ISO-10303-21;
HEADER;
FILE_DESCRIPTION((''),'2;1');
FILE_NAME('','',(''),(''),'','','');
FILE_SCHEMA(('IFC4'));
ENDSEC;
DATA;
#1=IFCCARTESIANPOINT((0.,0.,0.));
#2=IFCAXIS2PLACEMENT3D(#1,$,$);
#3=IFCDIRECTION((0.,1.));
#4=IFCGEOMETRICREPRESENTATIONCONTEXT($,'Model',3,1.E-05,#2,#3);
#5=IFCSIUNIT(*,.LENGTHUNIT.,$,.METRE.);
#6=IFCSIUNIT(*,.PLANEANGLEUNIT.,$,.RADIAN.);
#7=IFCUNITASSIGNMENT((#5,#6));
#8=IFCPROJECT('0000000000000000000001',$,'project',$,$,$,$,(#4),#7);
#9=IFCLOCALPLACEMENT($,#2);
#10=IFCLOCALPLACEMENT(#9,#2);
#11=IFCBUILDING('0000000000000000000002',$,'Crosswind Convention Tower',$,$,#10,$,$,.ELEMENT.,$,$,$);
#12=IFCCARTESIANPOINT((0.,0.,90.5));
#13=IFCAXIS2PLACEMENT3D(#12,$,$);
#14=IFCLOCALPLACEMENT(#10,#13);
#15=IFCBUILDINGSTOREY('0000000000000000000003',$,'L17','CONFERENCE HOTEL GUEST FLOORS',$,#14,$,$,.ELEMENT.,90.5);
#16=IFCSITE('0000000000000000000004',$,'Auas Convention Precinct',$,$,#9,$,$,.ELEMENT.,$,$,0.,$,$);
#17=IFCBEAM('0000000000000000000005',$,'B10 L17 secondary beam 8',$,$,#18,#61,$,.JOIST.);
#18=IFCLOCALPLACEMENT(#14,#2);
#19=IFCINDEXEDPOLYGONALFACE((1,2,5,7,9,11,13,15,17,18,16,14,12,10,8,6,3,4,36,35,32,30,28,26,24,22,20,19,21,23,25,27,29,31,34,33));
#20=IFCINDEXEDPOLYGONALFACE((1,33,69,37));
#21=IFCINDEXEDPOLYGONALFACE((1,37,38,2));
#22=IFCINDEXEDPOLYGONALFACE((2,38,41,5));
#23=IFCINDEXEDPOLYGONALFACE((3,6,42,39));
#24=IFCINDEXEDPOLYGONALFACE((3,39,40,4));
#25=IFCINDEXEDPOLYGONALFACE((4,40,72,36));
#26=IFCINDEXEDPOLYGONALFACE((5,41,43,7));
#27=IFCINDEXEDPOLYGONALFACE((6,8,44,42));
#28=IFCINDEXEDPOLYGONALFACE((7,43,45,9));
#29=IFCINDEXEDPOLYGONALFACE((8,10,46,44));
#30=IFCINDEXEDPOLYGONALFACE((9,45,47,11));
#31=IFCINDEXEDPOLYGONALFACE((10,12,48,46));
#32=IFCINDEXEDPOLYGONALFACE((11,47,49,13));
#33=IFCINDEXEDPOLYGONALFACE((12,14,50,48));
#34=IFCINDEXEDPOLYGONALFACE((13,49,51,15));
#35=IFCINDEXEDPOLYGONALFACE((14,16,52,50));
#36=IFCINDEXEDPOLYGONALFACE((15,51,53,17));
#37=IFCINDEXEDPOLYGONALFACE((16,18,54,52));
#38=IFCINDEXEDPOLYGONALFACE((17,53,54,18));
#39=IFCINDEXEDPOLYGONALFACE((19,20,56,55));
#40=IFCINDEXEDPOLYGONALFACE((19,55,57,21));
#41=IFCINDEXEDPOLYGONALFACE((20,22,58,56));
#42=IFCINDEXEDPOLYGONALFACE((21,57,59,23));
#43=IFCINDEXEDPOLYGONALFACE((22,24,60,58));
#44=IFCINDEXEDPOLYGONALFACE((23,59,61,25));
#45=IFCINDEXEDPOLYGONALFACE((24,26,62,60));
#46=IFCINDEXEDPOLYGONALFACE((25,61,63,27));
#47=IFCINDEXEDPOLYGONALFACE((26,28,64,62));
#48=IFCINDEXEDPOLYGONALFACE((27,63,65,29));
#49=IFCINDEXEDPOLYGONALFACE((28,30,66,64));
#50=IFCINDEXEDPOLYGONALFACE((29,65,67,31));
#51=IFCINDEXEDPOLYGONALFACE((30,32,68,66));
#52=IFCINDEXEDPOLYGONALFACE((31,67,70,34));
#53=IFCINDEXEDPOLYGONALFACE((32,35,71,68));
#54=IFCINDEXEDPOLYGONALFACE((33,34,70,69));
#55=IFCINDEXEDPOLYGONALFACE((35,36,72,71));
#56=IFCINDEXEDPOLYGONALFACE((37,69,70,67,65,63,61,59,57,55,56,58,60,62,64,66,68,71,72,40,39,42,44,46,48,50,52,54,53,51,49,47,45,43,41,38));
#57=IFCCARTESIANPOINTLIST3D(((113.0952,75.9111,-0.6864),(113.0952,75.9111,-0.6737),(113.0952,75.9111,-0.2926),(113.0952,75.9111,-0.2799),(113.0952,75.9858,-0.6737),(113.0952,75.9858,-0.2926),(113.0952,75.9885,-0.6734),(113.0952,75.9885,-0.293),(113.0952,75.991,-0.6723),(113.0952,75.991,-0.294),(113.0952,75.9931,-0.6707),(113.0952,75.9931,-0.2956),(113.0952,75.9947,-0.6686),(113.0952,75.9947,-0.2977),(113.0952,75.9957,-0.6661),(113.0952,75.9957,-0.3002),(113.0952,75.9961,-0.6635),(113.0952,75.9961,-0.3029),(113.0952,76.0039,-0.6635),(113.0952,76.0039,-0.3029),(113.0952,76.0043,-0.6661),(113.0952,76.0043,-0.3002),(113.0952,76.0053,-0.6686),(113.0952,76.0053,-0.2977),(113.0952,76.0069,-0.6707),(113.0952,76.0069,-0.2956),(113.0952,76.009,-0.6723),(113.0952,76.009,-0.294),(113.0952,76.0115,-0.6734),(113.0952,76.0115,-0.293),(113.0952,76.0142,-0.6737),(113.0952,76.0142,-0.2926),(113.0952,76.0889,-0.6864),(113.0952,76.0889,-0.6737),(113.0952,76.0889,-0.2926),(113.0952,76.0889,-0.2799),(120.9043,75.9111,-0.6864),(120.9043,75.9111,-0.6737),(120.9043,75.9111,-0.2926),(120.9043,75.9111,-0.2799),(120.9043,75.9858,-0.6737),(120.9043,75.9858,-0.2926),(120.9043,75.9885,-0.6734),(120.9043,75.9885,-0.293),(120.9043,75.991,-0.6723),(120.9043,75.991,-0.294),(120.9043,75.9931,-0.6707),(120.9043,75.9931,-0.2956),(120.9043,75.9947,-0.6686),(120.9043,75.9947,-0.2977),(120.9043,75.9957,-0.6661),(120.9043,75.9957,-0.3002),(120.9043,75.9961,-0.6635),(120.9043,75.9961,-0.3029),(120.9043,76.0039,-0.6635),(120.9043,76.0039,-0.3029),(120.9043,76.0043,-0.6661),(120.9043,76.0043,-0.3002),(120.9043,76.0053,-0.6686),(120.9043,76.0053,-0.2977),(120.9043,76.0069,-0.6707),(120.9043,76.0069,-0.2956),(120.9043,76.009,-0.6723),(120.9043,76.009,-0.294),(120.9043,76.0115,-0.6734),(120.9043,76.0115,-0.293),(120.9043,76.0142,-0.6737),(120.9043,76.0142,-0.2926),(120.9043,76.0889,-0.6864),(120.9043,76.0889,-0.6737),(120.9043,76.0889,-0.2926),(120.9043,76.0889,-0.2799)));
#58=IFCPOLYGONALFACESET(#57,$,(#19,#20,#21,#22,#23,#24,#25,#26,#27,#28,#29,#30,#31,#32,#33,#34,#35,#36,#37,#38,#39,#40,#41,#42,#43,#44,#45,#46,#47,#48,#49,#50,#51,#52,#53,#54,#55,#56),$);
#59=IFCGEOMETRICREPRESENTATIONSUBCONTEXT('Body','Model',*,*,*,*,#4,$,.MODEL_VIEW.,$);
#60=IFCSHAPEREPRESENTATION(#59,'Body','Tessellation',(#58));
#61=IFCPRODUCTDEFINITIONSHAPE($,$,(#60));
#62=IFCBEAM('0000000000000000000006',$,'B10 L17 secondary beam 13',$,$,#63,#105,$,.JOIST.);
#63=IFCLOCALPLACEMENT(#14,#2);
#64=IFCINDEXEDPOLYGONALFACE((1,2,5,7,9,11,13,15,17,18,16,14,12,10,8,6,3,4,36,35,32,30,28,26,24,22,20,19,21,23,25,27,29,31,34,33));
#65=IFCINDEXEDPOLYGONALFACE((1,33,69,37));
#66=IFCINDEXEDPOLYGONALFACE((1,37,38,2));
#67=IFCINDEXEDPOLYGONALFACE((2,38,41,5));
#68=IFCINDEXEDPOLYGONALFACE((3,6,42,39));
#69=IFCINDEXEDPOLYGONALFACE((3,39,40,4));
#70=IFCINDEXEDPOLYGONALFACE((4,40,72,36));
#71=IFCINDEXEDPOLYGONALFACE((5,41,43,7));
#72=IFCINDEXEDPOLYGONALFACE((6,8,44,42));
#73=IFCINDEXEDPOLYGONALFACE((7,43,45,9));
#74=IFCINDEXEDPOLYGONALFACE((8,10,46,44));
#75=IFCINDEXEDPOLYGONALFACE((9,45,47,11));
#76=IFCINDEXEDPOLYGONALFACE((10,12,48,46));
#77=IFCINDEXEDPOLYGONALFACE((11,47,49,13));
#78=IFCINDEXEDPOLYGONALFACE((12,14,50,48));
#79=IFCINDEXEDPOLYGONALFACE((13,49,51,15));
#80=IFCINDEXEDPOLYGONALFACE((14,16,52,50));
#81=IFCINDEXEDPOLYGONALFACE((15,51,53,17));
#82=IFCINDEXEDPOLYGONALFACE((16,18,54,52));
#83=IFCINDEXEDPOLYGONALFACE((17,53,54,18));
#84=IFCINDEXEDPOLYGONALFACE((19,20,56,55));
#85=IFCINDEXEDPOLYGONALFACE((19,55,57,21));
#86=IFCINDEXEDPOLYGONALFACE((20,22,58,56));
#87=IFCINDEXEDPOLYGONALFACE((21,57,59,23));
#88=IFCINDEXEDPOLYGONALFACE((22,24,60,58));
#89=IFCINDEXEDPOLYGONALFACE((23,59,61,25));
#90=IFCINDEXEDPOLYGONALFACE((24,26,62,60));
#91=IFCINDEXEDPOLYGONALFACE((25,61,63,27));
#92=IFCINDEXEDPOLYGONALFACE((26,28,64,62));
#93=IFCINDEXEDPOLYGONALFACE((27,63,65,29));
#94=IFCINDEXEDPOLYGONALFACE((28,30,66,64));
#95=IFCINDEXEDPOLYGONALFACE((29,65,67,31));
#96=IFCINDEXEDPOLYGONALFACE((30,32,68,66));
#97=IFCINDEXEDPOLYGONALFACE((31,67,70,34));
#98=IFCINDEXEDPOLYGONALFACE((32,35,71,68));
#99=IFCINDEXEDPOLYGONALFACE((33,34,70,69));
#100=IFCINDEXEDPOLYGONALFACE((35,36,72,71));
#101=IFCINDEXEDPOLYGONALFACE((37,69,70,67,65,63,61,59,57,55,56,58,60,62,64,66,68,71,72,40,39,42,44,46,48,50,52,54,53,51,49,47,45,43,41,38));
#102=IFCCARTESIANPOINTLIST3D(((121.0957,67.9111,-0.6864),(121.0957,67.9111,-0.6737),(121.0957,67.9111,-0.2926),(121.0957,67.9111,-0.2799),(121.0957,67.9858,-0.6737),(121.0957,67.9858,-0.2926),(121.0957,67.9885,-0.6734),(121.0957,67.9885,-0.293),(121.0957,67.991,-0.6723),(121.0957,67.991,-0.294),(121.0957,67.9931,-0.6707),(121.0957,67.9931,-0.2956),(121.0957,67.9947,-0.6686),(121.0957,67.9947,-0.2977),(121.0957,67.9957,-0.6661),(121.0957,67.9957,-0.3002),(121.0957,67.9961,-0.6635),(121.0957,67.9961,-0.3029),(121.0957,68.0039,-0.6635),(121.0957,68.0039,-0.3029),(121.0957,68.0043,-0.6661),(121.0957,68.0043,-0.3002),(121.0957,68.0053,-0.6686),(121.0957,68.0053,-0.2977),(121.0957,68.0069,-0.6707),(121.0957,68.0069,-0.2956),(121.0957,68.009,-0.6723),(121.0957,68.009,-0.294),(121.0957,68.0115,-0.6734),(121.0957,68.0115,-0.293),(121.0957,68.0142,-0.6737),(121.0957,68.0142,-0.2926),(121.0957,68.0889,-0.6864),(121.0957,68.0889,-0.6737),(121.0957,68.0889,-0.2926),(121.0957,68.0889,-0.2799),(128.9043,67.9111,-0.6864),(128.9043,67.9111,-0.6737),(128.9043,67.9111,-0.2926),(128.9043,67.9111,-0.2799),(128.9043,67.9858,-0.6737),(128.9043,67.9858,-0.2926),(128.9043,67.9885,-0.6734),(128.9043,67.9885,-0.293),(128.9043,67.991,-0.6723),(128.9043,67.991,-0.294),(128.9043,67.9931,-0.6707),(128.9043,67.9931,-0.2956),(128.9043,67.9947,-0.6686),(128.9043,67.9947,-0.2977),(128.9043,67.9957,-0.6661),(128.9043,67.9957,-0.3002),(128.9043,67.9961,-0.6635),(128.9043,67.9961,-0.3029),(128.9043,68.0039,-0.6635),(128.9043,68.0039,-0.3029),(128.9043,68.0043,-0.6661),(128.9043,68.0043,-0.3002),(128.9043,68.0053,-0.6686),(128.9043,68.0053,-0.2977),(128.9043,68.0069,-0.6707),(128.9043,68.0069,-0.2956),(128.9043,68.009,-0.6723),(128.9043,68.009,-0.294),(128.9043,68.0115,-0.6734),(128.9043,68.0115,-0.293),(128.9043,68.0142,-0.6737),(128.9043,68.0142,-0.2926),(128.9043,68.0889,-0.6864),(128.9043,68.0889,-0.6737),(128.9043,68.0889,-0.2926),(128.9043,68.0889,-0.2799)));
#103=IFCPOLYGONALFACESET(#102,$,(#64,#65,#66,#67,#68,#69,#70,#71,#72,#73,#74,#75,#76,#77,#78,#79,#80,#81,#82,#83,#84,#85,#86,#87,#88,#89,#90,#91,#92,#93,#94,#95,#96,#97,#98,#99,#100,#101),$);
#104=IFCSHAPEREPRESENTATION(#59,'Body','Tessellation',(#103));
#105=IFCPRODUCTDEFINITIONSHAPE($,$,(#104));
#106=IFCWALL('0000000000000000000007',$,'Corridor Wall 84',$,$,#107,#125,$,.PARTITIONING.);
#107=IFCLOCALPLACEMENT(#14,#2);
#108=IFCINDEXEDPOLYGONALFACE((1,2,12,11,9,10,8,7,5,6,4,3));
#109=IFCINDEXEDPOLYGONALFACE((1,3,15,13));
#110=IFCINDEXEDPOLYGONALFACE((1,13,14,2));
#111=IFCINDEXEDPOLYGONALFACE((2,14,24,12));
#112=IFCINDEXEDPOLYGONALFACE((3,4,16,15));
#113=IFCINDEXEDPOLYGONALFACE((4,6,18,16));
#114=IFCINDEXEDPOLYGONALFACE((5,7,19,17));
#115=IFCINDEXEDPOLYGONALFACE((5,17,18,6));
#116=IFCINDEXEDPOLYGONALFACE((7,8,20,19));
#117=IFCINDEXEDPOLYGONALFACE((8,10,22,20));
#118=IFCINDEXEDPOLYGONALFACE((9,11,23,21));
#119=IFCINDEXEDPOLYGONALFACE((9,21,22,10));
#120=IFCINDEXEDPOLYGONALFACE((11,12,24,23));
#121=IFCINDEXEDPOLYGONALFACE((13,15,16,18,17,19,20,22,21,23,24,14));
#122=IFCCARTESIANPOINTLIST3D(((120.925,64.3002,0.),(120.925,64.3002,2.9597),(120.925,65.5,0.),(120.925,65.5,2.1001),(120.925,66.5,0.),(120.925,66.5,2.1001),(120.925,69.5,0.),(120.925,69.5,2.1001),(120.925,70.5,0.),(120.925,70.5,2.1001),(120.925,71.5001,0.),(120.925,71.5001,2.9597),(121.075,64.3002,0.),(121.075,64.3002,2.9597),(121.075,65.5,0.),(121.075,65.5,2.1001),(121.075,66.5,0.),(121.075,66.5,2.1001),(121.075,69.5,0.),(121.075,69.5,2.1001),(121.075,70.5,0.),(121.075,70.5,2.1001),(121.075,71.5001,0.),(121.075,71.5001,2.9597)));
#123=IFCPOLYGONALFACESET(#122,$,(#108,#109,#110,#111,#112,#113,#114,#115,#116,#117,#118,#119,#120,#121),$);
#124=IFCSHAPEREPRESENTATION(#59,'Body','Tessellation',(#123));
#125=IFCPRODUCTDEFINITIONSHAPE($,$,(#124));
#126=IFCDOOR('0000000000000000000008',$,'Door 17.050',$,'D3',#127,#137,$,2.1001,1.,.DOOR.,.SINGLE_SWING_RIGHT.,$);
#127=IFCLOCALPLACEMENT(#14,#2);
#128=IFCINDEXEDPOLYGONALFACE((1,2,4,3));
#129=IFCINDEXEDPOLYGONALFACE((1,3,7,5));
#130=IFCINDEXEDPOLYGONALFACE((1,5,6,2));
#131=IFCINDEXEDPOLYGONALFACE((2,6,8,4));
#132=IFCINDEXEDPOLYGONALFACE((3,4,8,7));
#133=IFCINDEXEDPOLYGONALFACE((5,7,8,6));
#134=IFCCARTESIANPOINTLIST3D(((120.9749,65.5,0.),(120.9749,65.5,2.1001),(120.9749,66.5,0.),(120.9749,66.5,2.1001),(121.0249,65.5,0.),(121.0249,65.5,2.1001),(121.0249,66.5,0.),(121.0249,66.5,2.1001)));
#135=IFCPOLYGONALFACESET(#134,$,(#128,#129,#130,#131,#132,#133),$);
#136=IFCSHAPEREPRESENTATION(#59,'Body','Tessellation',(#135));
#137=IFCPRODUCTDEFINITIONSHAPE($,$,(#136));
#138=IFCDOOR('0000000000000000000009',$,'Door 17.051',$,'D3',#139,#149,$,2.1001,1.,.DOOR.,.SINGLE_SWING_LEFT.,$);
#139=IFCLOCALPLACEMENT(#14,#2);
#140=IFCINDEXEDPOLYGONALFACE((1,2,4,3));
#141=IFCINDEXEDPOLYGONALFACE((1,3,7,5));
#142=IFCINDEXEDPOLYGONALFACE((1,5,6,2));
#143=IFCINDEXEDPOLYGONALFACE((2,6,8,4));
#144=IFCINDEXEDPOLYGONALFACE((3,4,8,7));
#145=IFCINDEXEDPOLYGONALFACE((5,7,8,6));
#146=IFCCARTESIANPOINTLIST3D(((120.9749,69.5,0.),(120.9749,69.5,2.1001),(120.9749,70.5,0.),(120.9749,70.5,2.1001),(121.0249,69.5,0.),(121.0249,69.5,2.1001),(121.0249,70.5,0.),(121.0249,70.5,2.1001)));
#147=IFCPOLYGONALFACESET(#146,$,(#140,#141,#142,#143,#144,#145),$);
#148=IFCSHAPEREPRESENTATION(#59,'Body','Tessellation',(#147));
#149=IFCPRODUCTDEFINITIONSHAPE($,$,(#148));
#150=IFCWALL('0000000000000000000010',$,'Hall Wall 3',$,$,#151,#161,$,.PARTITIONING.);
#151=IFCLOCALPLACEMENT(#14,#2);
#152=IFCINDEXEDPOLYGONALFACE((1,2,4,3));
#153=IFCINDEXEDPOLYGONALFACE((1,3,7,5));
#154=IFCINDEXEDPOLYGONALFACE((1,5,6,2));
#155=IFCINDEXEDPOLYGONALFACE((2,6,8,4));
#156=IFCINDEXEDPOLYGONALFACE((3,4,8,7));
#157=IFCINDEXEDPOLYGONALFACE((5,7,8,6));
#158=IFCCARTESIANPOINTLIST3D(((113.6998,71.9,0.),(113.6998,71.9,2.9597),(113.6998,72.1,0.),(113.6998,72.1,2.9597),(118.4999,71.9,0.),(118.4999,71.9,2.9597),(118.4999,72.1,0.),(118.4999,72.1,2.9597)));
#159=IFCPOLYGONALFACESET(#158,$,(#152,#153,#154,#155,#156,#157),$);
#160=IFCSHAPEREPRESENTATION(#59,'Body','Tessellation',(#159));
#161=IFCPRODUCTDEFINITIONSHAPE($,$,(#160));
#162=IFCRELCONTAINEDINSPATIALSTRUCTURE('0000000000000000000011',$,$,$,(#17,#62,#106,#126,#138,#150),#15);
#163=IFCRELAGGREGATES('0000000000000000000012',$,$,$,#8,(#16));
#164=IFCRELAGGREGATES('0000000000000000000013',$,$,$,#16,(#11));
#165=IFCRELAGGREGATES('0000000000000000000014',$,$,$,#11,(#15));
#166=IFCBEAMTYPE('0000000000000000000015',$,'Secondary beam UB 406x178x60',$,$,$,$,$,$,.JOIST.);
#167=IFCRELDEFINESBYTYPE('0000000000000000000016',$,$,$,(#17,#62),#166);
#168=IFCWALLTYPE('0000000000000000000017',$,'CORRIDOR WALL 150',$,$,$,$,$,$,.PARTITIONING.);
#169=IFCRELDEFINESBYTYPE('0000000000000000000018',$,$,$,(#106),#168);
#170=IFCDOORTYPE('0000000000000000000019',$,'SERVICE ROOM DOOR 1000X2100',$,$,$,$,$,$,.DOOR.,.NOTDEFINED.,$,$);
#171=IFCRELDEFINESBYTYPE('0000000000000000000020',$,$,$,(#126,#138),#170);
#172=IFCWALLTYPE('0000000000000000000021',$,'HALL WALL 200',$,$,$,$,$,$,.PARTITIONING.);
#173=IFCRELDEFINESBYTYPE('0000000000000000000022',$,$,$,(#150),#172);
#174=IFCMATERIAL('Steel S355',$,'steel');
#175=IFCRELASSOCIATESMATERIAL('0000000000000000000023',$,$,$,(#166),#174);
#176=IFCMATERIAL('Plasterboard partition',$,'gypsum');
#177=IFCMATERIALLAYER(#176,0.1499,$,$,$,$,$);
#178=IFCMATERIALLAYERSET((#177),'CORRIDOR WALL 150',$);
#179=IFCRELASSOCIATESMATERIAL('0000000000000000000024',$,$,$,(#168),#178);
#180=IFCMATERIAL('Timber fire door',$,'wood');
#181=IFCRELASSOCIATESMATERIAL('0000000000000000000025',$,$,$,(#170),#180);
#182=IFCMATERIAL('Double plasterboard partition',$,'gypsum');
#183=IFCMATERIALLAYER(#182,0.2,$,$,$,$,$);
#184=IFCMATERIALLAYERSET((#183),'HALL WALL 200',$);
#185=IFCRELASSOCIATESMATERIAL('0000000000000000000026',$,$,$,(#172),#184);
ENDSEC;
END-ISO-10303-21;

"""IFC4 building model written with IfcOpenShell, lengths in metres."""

from ifc_helpers import new_model, si_unit, direction, frame, frame_2d, origin, origin_2d, place, context, subcontext, project, spatial, rectangle, i_section, extrude, material, layer, layer_set, material_profile, profile_set, type_object, element, fill, save


model = new_model("IFC4")

# Units and contexts
model_context = context("Model", 3, precision=1e-05, world=origin(), true_north=direction((0.0, 1.0)))
body_context = subcontext(model_context, "Body", "Model", "MODEL_VIEW")
ifc_project = project(units=[si_unit("LENGTHUNIT", "METRE"), si_unit("PLANEANGLEUNIT", "RADIAN")], contexts=[model_context])

# Site, building, storey
site_placement = place(None, origin())
site = spatial("IfcSite", under=ifc_project, at=site_placement, Name="Auas Convention Precinct", CompositionType="ELEMENT", RefElevation=0.0)
building_placement = place(site_placement, origin())
building = spatial("IfcBuilding", under=site, at=building_placement, Name="Crosswind Convention Tower", CompositionType="ELEMENT")
storey_placement = place(building_placement, frame((0.0, 0.0, 90.5)))
storey = spatial("IfcBuildingStorey", under=building, at=storey_placement, Name="L17", Description="CONFERENCE HOTEL GUEST FLOORS", CompositionType="ELEMENT", Elevation=90.5)

# Shared definitions
ifc_material_1 = material(Name="Steel S355", Category="steel")

# Beams
ifc_material_profile_1 = material_profile(ifc_material_1, i_section(OverallWidth=0.1777, OverallDepth=0.4065, WebThickness=0.0078, FlangeThickness=0.0127, FilletRadius=0.0103, at=origin_2d()), Name="UB 406x178x60")
ifc_profile_set_1 = profile_set([ifc_material_profile_1], Name="Steel S355")
beam_type_1 = type_object("IfcBeamType", Name="Secondary beam UB 406x178x60", PredefinedType="JOIST", material=ifc_profile_set_1)
for number, where, z_axis, x_axis, name in (
    (1, (113.0952, 76.0, -0.4832), (1.0, 0.0, 0.0), (0.0, 1.0, 0.0), "B10 L17 secondary beam 8"),
):
    element("IfcBeam", number, at=place(storey_placement, frame(where, z_axis=z_axis, x_axis=x_axis)), inside=storey, type_object=beam_type_1, Name=name, PredefinedType="JOIST", context=body_context, shape_type="SweptSolid", body=[
        extrude(i_section(OverallWidth=0.1777, OverallDepth=0.4065, WebThickness=0.0078, FlangeThickness=0.0127, FilletRadius=0.0103, at=origin_2d()), origin(), (0.0, 0.0, 1.0), 7.8091),
    ])
beam_1_placement = place(storey_placement, frame((121.0957, 68.0, -0.4832), z_axis=(1.0, 0.0, 0.0), x_axis=(0.0, 1.0, 0.0)))
element("IfcBeam", 2, at=beam_1_placement, inside=storey, type_object=beam_type_1, Name="B10 L17 secondary beam 13", PredefinedType="JOIST", context=body_context, shape_type="SweptSolid", body=[
    extrude(i_section(OverallWidth=0.1777, OverallDepth=0.4065, WebThickness=0.0078, FlangeThickness=0.0127, FilletRadius=0.0103, at=origin_2d()), origin(), (0.0, 0.0, 1.0), 7.8086),
])

# Wall, openings, doors
ifc_material_2 = material(Name="Plasterboard partition", Category="gypsum")
ifc_layer_1 = layer(ifc_material_2, 0.1499)
ifc_layer_set_1 = layer_set([ifc_layer_1], Name="CORRIDOR WALL 150")
wall_type_1 = type_object("IfcWallType", Name="CORRIDOR WALL 150", PredefinedType="PARTITIONING", material=ifc_layer_set_1)
wall_1_placement = place(storey_placement, frame((121.0, 64.3, 0.0), z_axis=(0.0, 0.0, 1.0), x_axis=(0.0, 1.0, 0.0)))
wall_1 = element("IfcWall", 3, at=wall_1_placement, inside=storey, type_object=wall_type_1, Name="Corridor Wall 84", PredefinedType="PARTITIONING", context=body_context, shape_type="SweptSolid", body=[
    extrude(rectangle(XDim=7.2, YDim=0.1499, at=frame_2d((3.6001, 0.0))), origin(), (0.0, 0.0, 1.0), 2.9597),
])
opening_1_placement = place(wall_1_placement, frame((1.2, 0.0, 0.0)))
opening_1 = element("IfcOpeningElement", 4, at=opening_1_placement, cuts=wall_1, PredefinedType="OPENING", context=body_context, shape_type="SweptSolid", body=[
    extrude(rectangle(XDim=1.0, YDim=2.1001, at=frame_2d((0.5, 1.05))), frame((0.0, 0.085, 0.0), z_axis=(0.0, -1.0, 0.0), x_axis=(1.0, 0.0, 0.0)), (0.0, 0.0, 1.0), 0.1699),
])
opening_2_placement = place(wall_1_placement, frame((5.2, 0.0, 0.0)))
opening_2 = element("IfcOpeningElement", 5, at=opening_2_placement, cuts=wall_1, PredefinedType="OPENING", context=body_context, shape_type="SweptSolid", body=[
    extrude(rectangle(XDim=1.0, YDim=2.1001, at=frame_2d((0.5, 1.05))), frame((0.0, 0.085, 0.0), z_axis=(0.0, -1.0, 0.0), x_axis=(1.0, 0.0, 0.0)), (0.0, 0.0, 1.0), 0.1699),
])
ifc_material_3 = material(Name="Timber fire door", Category="wood")
door_type_1 = type_object("IfcDoorType", Name="SERVICE ROOM DOOR 1000X2100", OperationType="NOTDEFINED", PredefinedType="DOOR", material=ifc_material_3)
door_1_placement = place(opening_1_placement, frame((1.0, 0.0, 0.0), z_axis=(0.0, 0.0, 1.0), x_axis=(-1.0, 0.0, 0.0)))
door_1 = element("IfcDoor", 6, at=door_1_placement, inside=storey, type_object=door_type_1, Name="Door 17.050", ObjectType="D3", OperationType="SINGLE_SWING_RIGHT", OverallHeight=2.1001, OverallWidth=1.0, PredefinedType="DOOR", context=body_context, shape_type="SweptSolid", body=[
    extrude(rectangle(XDim=1.0, YDim=2.1001, at=frame_2d((0.5, 1.05))), frame((0.0, 0.0249, 0.0), z_axis=(0.0, -1.0, 0.0), x_axis=(1.0, 0.0, 0.0)), (0.0, 0.0, 1.0), 0.05),
])
fill(opening_1, door_1)
door_2_placement = place(opening_2_placement, frame((1.0, 0.0, 0.0), z_axis=(0.0, 0.0, 1.0), x_axis=(-1.0, 0.0, 0.0)))
door_2 = element("IfcDoor", 7, at=door_2_placement, inside=storey, type_object=door_type_1, Name="Door 17.051", ObjectType="D3", OperationType="SINGLE_SWING_LEFT", OverallHeight=2.1001, OverallWidth=1.0, PredefinedType="DOOR", context=body_context, shape_type="SweptSolid", body=[
    extrude(rectangle(XDim=1.0, YDim=2.1001, at=frame_2d((0.5, 1.05))), frame((0.0, 0.0249, 0.0), z_axis=(0.0, -1.0, 0.0), x_axis=(1.0, 0.0, 0.0)), (0.0, 0.0, 1.0), 0.05),
])
fill(opening_2, door_2)

# Wall
ifc_material_4 = material(Name="Double plasterboard partition", Category="gypsum")
ifc_layer_2 = layer(ifc_material_4, 0.2)
ifc_layer_set_2 = layer_set([ifc_layer_2], Name="HALL WALL 200")
wall_type_2 = type_object("IfcWallType", Name="HALL WALL 200", PredefinedType="PARTITIONING", material=ifc_layer_set_2)
wall_2_placement = place(storey_placement, frame((113.7, 72.0, 0.0), z_axis=(0.0, 0.0, 1.0), x_axis=(1.0, 0.0, 0.0)))
element("IfcWall", 8, at=wall_2_placement, inside=storey, type_object=wall_type_2, Name="Hall Wall 3", PredefinedType="PARTITIONING", context=body_context, shape_type="SweptSolid", body=[
    extrude(rectangle(XDim=4.8, YDim=0.2, at=frame_2d((2.3999, 0.0))), origin(), (0.0, 0.0, 1.0), 2.9597),
])

save(model, "model.ifc")
